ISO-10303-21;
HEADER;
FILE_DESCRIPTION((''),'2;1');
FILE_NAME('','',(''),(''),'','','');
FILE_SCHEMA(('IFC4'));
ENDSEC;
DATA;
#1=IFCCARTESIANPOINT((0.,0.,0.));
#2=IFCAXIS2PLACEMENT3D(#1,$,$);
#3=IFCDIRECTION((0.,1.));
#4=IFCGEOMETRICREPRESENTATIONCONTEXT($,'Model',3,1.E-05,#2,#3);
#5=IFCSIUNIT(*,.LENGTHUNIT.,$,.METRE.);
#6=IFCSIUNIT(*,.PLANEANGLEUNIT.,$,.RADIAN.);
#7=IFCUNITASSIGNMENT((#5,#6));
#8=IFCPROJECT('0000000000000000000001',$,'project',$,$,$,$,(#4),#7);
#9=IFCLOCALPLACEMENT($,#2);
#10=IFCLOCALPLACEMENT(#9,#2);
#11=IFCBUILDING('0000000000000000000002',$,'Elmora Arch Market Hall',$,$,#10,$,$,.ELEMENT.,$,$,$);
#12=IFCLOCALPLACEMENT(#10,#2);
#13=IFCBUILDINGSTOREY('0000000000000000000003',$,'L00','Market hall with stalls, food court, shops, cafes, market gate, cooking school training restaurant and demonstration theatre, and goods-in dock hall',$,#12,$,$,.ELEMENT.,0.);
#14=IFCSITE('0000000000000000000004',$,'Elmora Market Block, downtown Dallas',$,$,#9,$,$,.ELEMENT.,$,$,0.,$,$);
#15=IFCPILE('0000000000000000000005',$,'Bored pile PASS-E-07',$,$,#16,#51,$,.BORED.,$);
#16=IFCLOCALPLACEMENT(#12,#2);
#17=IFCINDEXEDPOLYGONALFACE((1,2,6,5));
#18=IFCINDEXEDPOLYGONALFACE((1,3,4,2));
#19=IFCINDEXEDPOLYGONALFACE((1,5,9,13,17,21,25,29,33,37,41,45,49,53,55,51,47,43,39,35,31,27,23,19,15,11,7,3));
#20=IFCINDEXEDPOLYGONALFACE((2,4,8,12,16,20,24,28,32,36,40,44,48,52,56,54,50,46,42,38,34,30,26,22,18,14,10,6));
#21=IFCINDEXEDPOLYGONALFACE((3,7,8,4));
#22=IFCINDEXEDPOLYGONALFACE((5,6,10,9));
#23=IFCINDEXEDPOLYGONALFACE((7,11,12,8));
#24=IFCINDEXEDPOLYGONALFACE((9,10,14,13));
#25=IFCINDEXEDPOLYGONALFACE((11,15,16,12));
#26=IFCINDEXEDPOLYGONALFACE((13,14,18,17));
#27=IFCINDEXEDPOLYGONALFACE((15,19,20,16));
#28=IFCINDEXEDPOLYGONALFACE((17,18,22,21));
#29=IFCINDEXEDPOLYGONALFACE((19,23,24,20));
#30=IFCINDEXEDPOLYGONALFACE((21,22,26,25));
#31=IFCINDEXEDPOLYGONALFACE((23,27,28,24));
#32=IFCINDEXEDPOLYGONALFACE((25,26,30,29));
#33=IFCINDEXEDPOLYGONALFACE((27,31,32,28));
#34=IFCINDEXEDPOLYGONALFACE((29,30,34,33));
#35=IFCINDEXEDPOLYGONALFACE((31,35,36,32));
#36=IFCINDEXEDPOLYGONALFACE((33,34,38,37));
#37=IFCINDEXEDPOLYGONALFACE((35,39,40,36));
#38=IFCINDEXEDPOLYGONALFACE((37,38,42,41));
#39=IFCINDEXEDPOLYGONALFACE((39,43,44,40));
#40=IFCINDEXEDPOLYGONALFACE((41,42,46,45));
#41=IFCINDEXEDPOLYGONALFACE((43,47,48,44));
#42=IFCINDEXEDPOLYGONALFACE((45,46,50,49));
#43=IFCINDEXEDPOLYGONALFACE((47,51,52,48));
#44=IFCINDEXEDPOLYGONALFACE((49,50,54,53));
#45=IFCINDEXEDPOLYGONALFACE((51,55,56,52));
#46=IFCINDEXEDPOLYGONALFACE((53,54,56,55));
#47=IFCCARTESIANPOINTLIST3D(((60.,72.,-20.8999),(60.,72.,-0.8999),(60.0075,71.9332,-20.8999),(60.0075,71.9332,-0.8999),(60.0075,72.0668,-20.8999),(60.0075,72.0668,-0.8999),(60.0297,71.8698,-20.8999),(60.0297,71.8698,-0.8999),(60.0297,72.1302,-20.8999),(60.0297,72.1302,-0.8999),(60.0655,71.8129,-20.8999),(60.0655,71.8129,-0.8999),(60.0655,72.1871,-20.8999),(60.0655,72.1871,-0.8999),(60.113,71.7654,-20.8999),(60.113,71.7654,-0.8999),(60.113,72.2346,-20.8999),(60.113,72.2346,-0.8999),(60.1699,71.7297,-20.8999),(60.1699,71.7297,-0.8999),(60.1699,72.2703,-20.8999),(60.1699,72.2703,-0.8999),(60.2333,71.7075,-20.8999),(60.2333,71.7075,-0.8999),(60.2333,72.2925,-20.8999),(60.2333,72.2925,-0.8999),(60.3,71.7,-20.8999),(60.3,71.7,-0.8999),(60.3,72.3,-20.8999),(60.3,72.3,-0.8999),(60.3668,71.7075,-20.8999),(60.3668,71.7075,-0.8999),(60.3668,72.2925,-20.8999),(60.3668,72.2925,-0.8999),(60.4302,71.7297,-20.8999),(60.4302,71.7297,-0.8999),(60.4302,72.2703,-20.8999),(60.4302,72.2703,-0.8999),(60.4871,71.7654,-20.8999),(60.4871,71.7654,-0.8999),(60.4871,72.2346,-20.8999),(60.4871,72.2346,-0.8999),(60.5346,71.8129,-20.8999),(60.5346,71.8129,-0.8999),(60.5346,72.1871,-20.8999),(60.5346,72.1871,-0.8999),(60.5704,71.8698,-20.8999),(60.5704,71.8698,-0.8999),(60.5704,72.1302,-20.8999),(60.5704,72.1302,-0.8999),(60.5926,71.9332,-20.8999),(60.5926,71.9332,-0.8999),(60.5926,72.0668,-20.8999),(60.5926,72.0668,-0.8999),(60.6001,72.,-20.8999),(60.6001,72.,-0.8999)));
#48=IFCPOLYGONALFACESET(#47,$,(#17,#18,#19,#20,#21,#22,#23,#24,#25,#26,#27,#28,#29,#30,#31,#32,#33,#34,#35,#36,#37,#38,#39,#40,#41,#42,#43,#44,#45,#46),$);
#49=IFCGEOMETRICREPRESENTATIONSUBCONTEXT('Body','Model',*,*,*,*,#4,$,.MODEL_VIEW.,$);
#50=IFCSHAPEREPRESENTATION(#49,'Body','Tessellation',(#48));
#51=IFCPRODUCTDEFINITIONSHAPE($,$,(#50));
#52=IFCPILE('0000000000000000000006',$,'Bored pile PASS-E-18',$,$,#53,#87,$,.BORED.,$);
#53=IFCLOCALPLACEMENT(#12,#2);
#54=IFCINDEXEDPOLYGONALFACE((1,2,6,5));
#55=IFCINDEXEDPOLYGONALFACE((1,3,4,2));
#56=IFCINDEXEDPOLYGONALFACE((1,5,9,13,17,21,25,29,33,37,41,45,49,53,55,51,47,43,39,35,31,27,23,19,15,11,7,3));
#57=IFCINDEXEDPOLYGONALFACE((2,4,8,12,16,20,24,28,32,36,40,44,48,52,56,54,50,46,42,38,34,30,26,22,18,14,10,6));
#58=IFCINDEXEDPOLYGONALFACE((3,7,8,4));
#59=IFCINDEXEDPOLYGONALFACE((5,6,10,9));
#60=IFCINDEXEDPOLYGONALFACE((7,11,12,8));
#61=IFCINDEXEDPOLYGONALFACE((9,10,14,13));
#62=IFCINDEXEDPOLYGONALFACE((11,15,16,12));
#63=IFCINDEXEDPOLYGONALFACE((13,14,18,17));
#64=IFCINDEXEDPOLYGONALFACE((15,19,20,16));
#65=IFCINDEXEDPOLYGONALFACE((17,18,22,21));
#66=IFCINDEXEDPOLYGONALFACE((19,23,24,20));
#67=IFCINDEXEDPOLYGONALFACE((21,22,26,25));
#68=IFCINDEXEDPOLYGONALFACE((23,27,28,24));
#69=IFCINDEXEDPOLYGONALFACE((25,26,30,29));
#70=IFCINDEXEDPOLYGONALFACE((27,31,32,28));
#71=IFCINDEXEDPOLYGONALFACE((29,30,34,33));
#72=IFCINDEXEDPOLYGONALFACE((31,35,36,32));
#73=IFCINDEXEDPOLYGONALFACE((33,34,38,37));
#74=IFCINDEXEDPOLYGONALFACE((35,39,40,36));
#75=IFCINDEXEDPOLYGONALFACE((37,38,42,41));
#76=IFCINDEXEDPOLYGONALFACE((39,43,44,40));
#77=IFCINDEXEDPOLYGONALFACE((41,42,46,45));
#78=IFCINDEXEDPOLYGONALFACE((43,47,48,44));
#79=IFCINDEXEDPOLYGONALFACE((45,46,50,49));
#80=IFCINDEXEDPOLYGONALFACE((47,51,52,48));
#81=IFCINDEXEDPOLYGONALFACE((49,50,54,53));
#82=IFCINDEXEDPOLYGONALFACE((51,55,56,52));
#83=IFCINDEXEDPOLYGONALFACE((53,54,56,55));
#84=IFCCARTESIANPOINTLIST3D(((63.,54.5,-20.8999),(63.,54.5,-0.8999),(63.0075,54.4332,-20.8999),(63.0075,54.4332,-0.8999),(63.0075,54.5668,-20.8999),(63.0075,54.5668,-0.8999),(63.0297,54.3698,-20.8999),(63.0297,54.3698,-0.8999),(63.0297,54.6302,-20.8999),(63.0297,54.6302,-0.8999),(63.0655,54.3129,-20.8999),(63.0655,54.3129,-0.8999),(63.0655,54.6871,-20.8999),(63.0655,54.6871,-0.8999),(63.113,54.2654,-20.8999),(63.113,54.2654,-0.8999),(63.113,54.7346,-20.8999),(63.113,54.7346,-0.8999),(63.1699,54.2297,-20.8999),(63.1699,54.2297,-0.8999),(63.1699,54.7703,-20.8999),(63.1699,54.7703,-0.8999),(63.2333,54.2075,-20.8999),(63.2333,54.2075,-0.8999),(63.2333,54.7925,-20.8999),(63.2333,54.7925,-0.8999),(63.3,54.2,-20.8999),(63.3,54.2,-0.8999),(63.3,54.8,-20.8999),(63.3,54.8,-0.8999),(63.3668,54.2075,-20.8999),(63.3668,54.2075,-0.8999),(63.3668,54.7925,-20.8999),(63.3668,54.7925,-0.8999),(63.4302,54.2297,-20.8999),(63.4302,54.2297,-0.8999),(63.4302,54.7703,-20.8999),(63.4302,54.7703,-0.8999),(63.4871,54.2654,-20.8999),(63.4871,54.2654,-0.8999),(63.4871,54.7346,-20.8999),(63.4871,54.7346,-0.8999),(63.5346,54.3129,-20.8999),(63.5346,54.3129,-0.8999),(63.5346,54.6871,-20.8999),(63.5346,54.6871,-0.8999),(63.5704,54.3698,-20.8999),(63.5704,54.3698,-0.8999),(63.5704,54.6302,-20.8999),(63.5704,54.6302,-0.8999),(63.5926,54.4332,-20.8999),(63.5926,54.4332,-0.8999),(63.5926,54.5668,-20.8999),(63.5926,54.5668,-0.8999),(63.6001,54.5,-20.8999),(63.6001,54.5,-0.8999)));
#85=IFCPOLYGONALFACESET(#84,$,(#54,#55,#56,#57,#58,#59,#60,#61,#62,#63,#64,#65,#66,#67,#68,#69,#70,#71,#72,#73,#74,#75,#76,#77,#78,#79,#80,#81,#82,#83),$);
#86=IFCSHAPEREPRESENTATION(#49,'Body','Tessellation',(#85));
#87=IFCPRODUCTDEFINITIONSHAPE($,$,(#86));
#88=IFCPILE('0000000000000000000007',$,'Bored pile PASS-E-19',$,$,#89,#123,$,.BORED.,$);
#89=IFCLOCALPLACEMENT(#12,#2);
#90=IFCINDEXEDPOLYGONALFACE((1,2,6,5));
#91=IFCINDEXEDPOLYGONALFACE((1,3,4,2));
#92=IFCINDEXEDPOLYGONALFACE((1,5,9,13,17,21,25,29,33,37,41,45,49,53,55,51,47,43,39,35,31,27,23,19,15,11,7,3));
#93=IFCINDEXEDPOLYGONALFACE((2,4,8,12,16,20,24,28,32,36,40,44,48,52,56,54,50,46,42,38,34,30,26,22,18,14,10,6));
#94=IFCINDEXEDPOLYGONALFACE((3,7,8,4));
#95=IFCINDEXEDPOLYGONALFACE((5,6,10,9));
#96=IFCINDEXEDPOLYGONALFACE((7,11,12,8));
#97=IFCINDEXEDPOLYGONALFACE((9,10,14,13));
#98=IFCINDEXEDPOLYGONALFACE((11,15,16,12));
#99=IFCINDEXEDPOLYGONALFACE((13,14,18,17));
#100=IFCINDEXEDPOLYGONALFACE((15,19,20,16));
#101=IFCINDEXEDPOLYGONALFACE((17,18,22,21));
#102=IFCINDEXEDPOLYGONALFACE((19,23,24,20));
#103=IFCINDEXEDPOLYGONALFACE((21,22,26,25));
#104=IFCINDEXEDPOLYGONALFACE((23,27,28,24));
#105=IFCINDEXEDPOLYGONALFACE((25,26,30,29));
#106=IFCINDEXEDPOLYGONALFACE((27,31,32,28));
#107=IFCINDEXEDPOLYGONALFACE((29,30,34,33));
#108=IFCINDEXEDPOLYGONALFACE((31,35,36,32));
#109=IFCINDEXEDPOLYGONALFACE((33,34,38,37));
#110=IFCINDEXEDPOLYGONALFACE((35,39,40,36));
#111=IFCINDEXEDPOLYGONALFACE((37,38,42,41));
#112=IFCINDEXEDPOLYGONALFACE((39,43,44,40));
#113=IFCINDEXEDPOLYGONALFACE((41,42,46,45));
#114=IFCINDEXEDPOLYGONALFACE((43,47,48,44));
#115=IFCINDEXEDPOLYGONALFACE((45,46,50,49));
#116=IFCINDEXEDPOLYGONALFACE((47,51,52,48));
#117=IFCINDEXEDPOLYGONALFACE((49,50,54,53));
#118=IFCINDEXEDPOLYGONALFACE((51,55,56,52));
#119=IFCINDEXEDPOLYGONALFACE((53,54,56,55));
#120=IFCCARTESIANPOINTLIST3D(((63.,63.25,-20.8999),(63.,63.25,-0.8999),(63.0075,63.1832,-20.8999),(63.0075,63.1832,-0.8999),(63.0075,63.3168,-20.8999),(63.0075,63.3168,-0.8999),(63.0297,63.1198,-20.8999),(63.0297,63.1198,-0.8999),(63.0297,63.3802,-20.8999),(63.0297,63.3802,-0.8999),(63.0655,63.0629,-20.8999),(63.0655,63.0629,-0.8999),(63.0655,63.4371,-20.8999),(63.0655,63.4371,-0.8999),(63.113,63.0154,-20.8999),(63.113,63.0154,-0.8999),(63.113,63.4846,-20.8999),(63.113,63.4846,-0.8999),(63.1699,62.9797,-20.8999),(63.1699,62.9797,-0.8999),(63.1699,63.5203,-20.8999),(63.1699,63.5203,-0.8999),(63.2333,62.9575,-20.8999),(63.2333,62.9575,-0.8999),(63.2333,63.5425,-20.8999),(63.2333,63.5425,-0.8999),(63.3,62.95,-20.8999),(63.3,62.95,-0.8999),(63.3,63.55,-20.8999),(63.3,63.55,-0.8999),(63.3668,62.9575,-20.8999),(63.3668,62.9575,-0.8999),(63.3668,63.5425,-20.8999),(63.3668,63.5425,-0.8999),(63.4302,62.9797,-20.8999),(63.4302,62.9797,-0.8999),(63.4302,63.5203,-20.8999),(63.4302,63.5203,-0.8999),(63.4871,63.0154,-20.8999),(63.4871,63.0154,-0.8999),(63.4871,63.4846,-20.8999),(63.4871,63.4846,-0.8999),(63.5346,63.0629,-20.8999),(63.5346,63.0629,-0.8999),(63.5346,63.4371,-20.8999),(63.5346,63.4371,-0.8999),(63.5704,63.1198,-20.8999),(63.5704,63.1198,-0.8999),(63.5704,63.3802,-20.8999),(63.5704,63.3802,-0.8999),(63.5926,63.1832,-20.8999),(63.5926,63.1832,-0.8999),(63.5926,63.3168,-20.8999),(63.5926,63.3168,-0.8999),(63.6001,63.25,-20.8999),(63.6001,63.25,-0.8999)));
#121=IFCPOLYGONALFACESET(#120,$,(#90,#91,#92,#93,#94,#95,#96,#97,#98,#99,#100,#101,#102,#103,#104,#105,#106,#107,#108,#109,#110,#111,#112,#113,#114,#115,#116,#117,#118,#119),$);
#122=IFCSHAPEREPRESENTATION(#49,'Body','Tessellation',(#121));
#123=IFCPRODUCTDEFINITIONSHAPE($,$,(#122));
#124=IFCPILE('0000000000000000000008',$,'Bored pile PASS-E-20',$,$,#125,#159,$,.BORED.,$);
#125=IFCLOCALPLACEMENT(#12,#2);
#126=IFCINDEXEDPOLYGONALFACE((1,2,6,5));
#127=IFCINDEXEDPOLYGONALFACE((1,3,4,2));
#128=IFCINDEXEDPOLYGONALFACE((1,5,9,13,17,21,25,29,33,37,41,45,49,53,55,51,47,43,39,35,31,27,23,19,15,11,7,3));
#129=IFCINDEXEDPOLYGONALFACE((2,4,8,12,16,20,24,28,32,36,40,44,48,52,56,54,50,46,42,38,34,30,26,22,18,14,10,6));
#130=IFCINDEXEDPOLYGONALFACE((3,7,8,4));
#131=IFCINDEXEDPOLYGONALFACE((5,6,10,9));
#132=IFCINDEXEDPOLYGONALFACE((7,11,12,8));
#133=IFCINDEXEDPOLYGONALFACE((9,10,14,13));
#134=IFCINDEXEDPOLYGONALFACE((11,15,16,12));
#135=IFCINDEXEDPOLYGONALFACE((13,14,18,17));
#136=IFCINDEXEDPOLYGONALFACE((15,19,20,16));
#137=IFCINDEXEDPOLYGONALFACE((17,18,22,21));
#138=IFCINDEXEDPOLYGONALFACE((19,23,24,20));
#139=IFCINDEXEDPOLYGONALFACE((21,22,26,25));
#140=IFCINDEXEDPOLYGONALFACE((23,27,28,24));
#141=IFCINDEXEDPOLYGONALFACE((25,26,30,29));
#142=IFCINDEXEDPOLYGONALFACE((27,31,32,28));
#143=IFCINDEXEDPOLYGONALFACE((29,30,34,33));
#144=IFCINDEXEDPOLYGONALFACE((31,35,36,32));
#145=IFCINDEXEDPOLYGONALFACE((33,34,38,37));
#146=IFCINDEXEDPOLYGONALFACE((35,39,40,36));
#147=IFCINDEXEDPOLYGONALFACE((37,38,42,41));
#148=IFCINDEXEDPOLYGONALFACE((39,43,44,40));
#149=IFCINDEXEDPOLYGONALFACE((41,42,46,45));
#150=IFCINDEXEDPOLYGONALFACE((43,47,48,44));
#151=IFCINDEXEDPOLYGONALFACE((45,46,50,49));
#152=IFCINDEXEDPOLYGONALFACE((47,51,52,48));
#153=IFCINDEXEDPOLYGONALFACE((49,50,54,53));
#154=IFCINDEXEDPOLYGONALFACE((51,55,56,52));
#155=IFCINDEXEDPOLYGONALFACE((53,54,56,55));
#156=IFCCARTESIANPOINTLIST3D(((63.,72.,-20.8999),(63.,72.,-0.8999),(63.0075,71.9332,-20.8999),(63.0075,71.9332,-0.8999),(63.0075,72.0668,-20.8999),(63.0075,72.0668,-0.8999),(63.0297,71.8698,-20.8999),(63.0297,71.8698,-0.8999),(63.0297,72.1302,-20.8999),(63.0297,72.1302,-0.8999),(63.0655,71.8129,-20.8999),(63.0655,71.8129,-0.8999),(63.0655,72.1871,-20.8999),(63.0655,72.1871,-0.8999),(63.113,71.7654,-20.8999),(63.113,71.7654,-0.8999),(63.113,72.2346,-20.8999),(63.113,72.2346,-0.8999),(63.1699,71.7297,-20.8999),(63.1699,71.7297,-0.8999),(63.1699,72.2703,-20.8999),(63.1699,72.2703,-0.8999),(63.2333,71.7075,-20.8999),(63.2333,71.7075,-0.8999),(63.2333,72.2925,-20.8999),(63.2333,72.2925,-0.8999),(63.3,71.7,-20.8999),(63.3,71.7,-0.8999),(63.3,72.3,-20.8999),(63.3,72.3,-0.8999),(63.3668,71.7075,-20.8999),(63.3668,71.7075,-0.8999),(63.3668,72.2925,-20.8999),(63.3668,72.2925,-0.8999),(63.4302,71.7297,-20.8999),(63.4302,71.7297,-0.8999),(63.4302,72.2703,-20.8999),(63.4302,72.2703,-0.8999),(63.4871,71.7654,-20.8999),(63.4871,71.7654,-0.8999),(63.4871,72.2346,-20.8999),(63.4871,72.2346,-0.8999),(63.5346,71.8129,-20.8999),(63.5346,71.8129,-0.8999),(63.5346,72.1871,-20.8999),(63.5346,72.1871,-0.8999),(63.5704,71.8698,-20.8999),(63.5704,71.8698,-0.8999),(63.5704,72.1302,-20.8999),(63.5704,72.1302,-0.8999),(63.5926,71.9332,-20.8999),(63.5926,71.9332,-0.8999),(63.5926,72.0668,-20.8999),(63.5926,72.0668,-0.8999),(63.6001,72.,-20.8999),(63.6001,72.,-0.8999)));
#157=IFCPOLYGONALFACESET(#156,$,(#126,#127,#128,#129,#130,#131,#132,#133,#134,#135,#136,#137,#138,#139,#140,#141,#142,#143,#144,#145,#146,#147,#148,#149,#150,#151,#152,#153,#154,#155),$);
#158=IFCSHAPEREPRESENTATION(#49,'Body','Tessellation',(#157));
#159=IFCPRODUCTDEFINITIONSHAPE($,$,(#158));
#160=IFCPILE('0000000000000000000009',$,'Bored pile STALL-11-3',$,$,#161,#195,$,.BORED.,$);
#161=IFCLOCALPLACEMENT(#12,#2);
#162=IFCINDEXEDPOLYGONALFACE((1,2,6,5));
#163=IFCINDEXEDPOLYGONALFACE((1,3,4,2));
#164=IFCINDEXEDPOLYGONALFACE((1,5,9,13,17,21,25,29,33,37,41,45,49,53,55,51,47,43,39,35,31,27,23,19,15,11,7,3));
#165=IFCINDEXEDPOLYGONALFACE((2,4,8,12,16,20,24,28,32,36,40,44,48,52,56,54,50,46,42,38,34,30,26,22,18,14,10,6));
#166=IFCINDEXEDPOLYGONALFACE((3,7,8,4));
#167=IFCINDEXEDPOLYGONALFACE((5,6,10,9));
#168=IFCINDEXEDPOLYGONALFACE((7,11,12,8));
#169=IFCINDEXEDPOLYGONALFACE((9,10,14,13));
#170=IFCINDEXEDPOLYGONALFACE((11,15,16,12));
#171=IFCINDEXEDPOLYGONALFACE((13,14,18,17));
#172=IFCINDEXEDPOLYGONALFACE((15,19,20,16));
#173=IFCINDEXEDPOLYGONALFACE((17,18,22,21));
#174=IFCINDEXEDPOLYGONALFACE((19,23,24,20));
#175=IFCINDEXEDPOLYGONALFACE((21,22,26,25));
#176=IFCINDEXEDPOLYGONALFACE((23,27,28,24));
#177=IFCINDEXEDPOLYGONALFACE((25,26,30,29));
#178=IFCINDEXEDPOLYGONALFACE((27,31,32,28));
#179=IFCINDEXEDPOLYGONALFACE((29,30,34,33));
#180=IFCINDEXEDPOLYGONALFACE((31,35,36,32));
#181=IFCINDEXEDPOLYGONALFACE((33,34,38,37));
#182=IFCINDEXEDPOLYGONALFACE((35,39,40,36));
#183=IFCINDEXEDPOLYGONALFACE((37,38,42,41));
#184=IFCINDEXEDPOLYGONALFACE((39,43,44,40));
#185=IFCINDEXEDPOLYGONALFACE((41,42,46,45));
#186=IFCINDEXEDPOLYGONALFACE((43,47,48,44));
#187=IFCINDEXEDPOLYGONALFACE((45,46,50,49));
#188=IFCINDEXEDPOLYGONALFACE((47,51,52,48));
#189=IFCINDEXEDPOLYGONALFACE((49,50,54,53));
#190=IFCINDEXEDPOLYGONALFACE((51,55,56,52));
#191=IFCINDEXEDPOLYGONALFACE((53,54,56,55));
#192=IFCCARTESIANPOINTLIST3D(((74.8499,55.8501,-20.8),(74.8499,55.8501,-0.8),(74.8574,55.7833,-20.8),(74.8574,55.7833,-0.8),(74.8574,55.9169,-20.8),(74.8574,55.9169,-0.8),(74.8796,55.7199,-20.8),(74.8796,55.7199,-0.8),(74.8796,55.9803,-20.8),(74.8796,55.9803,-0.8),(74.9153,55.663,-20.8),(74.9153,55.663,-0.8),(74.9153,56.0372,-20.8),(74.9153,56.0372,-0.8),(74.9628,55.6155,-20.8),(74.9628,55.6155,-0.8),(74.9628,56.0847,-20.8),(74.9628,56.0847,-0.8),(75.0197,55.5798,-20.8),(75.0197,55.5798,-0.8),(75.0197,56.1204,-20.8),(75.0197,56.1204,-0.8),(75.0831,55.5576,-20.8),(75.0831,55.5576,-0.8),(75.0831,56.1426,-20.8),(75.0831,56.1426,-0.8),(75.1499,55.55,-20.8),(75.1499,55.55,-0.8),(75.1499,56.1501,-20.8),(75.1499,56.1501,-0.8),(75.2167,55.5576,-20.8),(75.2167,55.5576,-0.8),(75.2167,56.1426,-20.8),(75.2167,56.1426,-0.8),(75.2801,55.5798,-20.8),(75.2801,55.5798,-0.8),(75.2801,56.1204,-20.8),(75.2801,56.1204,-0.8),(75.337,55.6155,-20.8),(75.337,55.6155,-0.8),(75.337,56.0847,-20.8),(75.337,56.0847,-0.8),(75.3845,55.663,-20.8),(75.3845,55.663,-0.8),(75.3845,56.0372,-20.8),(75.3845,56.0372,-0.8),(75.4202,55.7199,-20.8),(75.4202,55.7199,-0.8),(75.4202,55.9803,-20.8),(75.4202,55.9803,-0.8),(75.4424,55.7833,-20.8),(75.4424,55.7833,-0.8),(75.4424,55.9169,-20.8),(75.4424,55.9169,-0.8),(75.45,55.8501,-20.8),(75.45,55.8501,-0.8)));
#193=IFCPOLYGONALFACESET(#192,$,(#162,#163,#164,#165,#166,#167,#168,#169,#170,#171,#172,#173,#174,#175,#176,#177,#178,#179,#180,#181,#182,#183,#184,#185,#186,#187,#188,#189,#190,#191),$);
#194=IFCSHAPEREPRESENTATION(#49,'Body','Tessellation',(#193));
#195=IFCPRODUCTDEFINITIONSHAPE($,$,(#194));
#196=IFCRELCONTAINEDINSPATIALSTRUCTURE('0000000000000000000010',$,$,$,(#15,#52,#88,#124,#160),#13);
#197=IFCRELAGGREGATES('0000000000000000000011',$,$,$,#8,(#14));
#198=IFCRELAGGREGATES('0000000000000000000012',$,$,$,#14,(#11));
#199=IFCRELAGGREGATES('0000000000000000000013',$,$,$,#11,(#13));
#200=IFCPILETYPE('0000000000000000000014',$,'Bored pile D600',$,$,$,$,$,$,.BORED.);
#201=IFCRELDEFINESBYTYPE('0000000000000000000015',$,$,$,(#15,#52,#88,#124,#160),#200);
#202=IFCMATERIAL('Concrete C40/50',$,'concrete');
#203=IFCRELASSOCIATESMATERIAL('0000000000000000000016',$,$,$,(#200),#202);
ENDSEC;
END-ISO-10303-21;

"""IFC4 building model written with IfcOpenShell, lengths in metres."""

from ifc_helpers import new_model, si_unit, direction, frame, origin, origin_2d, place, context, subcontext, project, spatial, circle, extrude, material, material_profile, profile_set, type_object, element, save


model = new_model("IFC4")

# Units and contexts
model_context = context("Model", 3, precision=1e-05, world=origin(), true_north=direction((0.0, 1.0)))
body_context = subcontext(model_context, "Body", "Model", "MODEL_VIEW")
ifc_project = project(units=[si_unit("LENGTHUNIT", "METRE"), si_unit("PLANEANGLEUNIT", "RADIAN")], contexts=[model_context])

# Site, building, storey
site_placement = place(None, origin())
site = spatial("IfcSite", under=ifc_project, at=site_placement, Name="Elmora Market Block, downtown Dallas", CompositionType="ELEMENT", RefElevation=0.0)
building_placement = place(site_placement, origin())
building = spatial("IfcBuilding", under=site, at=building_placement, Name="Elmora Arch Market Hall", CompositionType="ELEMENT")
storey_placement = place(building_placement, origin())
storey = spatial("IfcBuildingStorey", under=building, at=storey_placement, Name="L00", Description="Market hall with stalls, food court, shops, cafes, market gate, cooking school training restaurant and demonstration theatre, and goods-in dock hall", CompositionType="ELEMENT", Elevation=0.0)

# Piles
ifc_material_1 = material(Name="Concrete C40/50", Category="concrete")
ifc_material_profile_1 = material_profile(ifc_material_1, circle(Radius=0.3, at=origin_2d()), Name="Bored pile D600")
ifc_profile_set_1 = profile_set([ifc_material_profile_1], Name="Concrete C40/50")
pile_type = type_object("IfcPileType", Name="Bored pile D600", PredefinedType="BORED", material=ifc_profile_set_1)
for number, where, z_axis, x_axis, name in (
    (1, (60.3, 72.0, -0.8999), (0.0, 0.0, -1.0), (1.0, 0.0, 0.0), "Bored pile PASS-E-07"),
    (2, (63.3, 54.5, -0.8999), (0.0, 0.0, -1.0), (1.0, 0.0, 0.0), "Bored pile PASS-E-18"),
    (3, (63.3, 63.25, -0.8999), (0.0, 0.0, -1.0), (1.0, 0.0, 0.0), "Bored pile PASS-E-19"),
    (4, (63.3, 72.0, -0.8999), (0.0, 0.0, -1.0), (1.0, 0.0, 0.0), "Bored pile PASS-E-20"),
    (5, (75.1499, 55.8501, -0.8), (0.0, 0.0, -1.0), (1.0, 0.0, 0.0), "Bored pile STALL-11-3"),
):
    element("IfcPile", number, at=place(storey_placement, frame(where, z_axis=z_axis, x_axis=x_axis)), inside=storey, type_object=pile_type, Name=name, PredefinedType="BORED", context=body_context, shape_type="SweptSolid", body=[
        extrude(circle(Radius=0.3, at=origin_2d()), origin(), (0.0, 0.0, 1.0), 20.0),
    ])

save(model, "model.ifc")
